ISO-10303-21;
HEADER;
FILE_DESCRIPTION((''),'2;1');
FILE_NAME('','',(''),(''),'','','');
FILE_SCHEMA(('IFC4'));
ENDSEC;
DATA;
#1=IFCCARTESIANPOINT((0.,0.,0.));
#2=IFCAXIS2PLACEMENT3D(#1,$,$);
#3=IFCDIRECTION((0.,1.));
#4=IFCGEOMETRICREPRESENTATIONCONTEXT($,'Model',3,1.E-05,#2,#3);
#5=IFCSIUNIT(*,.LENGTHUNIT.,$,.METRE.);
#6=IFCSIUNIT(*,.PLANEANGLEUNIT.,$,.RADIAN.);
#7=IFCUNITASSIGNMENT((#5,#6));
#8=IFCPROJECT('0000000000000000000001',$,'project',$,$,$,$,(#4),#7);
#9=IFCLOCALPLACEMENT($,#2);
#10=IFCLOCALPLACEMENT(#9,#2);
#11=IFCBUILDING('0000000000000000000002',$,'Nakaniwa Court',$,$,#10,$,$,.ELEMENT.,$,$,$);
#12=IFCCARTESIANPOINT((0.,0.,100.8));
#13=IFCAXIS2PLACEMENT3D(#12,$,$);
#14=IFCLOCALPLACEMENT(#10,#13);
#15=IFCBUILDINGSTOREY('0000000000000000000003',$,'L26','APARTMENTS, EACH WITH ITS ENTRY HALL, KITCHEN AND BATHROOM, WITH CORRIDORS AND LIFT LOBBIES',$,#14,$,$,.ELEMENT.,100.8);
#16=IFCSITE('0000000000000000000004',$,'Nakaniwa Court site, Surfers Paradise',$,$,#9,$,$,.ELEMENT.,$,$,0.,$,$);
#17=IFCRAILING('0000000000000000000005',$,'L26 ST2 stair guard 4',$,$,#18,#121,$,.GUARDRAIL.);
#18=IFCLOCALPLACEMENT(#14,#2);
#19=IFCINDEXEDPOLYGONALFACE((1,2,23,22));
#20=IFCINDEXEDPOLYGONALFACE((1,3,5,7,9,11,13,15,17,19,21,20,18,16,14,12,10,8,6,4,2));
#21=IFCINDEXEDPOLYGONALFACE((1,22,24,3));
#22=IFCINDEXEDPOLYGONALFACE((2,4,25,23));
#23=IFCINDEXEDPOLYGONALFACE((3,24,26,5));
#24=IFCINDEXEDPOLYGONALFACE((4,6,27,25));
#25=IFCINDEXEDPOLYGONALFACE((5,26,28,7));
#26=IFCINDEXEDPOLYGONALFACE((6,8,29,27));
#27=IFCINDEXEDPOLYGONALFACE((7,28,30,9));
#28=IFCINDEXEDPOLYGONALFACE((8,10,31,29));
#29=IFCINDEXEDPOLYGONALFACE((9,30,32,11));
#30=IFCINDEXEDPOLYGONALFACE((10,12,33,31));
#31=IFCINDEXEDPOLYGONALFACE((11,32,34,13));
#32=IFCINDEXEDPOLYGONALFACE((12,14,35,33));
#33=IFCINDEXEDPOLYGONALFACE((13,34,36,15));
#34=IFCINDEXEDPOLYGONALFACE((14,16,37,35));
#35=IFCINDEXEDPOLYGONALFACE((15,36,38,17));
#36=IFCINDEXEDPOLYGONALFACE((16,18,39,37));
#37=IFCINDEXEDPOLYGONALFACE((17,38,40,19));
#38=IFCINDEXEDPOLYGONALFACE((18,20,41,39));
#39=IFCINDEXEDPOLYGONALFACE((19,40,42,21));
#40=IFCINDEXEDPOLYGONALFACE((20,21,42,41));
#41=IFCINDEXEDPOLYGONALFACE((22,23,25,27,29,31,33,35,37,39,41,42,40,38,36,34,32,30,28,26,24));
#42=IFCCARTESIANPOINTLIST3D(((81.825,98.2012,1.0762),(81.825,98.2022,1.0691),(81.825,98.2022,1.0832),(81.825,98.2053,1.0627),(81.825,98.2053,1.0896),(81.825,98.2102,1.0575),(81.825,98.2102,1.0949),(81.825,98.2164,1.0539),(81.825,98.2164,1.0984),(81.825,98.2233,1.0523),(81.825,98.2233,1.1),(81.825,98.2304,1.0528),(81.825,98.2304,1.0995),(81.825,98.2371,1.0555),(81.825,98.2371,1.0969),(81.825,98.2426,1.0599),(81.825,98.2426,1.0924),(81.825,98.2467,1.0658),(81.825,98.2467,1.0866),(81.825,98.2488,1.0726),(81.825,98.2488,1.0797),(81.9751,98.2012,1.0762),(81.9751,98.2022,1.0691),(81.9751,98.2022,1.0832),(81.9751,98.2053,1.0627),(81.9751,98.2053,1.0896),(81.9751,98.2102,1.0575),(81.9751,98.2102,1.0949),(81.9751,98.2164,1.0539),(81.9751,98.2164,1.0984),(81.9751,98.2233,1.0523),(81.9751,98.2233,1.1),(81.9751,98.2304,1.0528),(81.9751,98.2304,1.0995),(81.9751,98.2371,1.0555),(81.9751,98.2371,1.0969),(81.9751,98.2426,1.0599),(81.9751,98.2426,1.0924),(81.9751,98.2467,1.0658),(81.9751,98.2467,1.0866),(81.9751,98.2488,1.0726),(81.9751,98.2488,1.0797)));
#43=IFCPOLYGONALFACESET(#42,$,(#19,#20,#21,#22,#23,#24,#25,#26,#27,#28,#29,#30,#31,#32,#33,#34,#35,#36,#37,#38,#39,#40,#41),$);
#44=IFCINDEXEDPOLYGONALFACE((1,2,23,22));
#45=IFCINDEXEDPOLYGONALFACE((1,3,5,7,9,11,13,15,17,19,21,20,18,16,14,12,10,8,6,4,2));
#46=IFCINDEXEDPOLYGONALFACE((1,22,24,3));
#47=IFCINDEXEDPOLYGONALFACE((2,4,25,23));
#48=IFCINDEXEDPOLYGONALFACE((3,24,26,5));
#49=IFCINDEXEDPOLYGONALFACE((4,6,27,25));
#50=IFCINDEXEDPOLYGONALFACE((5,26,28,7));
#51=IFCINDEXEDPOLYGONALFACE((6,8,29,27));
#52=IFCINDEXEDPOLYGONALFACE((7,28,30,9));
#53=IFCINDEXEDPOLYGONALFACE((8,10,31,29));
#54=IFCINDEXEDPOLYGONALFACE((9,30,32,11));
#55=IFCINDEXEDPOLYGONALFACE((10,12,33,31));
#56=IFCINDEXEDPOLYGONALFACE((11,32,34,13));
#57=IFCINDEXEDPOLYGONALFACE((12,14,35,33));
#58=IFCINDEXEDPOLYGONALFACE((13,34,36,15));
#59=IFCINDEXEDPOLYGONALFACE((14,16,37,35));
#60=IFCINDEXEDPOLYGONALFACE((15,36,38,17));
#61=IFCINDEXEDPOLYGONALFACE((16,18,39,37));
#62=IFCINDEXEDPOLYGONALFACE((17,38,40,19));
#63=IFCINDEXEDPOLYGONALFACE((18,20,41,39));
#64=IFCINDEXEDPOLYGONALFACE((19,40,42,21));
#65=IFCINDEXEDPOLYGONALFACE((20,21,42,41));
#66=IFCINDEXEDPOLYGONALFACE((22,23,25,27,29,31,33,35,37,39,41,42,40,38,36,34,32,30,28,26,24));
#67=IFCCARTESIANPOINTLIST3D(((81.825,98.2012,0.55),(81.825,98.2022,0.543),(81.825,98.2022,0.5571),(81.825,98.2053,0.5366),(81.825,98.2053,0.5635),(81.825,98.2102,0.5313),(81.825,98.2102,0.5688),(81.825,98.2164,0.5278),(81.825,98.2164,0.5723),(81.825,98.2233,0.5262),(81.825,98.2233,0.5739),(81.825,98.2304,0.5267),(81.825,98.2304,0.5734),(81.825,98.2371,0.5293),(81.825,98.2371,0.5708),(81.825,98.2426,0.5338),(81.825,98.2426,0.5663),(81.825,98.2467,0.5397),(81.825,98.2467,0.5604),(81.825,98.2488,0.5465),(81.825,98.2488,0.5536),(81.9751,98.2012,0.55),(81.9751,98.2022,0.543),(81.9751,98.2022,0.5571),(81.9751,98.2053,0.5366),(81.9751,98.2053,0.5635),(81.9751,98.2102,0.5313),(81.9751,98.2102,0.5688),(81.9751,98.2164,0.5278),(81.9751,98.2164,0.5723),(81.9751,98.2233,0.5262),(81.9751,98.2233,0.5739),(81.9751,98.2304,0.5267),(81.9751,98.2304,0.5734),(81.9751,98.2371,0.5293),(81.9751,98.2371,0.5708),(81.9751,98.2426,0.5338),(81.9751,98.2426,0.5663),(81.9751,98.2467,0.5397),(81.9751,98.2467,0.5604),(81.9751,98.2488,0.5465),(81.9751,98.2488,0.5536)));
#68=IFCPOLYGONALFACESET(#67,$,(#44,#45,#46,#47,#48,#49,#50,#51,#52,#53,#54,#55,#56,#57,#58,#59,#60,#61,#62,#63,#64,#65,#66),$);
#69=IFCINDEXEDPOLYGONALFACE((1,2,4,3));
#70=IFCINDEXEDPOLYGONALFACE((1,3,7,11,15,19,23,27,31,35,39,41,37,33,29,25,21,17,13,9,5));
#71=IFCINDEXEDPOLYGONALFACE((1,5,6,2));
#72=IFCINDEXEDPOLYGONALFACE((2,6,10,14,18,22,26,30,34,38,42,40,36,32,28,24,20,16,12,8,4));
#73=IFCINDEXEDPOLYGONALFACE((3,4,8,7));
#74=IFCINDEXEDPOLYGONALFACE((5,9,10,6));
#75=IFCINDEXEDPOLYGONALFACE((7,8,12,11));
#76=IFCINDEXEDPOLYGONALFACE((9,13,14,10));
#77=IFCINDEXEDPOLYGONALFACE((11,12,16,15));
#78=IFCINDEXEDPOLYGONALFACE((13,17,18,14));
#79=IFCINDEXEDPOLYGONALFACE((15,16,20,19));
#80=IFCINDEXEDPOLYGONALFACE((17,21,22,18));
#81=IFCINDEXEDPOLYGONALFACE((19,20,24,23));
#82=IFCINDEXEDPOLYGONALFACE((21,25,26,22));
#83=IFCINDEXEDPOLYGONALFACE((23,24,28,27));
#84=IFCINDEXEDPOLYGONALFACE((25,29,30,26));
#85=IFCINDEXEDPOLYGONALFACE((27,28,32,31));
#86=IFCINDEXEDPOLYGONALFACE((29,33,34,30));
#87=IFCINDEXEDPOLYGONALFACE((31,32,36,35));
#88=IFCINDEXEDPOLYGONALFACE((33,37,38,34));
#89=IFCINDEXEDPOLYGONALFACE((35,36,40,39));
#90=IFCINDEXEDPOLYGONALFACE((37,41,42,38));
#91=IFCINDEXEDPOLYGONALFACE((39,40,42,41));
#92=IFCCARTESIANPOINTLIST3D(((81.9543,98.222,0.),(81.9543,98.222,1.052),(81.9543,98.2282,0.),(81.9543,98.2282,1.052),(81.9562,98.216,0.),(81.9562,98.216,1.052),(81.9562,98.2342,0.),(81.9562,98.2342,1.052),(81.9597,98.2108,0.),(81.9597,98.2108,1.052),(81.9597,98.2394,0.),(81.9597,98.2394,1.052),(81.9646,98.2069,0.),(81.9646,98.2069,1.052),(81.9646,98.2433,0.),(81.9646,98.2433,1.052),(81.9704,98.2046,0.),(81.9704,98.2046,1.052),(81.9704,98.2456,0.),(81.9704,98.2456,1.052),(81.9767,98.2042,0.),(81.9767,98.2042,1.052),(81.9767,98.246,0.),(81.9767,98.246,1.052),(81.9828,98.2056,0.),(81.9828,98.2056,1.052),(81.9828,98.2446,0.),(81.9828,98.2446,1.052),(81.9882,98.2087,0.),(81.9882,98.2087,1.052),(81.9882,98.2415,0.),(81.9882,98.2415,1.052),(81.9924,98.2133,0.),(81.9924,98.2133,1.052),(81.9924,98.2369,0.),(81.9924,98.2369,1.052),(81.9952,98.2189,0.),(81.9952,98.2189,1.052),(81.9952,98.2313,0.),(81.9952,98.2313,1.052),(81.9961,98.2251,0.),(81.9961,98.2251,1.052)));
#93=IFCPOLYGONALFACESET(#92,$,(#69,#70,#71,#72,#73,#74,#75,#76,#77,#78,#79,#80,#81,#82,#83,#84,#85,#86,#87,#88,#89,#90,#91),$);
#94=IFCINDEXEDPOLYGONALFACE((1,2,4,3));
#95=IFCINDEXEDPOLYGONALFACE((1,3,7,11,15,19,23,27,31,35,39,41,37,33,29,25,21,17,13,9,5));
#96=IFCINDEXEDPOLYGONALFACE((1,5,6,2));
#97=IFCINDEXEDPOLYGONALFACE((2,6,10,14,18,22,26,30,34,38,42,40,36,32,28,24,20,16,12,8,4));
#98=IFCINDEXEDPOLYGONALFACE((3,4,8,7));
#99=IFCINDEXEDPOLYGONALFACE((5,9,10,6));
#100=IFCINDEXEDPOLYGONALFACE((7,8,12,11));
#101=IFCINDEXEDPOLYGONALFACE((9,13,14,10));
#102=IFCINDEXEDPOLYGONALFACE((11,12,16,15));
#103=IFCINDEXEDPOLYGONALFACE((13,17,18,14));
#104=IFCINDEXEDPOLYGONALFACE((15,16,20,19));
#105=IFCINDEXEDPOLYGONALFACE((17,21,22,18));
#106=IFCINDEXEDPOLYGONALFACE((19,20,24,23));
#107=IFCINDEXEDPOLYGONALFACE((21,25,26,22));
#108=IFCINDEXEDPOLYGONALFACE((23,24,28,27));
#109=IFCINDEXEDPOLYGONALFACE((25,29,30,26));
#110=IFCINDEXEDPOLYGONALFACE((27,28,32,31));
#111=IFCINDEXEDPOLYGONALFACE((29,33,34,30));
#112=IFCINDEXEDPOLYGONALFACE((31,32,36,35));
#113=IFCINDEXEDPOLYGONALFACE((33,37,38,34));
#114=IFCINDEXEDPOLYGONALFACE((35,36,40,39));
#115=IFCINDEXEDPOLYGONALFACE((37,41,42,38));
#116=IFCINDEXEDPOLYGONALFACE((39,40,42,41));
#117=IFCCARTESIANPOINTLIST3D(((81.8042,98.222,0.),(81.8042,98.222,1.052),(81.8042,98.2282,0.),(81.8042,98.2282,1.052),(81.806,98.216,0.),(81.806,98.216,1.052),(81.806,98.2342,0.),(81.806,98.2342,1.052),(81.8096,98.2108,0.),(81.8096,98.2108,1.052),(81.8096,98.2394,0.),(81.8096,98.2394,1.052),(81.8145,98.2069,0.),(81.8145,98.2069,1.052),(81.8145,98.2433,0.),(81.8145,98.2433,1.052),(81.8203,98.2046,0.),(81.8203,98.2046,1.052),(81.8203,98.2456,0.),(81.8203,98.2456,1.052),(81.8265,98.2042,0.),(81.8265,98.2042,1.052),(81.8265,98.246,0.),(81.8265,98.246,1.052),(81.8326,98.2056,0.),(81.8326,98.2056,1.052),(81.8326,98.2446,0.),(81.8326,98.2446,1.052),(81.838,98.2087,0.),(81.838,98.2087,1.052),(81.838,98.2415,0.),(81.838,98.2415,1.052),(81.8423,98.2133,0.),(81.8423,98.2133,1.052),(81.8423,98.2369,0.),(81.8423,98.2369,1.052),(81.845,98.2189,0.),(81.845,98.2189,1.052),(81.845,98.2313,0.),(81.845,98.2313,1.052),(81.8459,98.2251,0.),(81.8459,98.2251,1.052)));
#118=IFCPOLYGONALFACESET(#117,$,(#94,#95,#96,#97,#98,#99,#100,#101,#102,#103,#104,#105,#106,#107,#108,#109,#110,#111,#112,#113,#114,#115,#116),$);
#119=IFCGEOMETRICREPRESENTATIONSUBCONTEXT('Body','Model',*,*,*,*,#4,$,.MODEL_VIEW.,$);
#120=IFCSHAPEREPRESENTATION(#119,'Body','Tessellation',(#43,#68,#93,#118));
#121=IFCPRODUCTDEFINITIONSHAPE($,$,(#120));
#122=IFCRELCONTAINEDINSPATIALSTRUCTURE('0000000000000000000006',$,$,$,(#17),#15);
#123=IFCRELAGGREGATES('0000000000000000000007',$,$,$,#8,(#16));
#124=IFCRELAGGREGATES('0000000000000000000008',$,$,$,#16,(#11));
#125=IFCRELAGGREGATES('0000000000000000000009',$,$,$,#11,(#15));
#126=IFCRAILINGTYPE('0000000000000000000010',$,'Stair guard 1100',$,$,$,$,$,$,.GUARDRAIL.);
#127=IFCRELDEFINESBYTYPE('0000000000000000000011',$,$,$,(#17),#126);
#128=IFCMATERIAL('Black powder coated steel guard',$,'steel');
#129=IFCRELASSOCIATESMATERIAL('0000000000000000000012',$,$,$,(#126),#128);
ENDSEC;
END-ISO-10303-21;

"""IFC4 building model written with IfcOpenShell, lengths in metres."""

from ifc_helpers import new_model, si_unit, direction, frame, origin, origin_2d, place, context, subcontext, project, spatial, circle, extrude, material, type_object, element, save


model = new_model("IFC4")

# Units and contexts
model_context = context("Model", 3, precision=1e-05, world=origin(), true_north=direction((0.0, 1.0)))
body_context = subcontext(model_context, "Body", "Model", "MODEL_VIEW")
ifc_project = project(units=[si_unit("LENGTHUNIT", "METRE"), si_unit("PLANEANGLEUNIT", "RADIAN")], contexts=[model_context])

# Site, building, storey
site_placement = place(None, origin())
site = spatial("IfcSite", under=ifc_project, at=site_placement, Name="Nakaniwa Court site, Surfers Paradise", CompositionType="ELEMENT", RefElevation=0.0)
building_placement = place(site_placement, origin())
building = spatial("IfcBuilding", under=site, at=building_placement, Name="Nakaniwa Court", CompositionType="ELEMENT")
storey_placement = place(building_placement, frame((0.0, 0.0, 100.8)))
storey = spatial("IfcBuildingStorey", under=building, at=storey_placement, Name="L26", Description="APARTMENTS, EACH WITH ITS ENTRY HALL, KITCHEN AND BATHROOM, WITH CORRIDORS AND LIFT LOBBIES", CompositionType="ELEMENT", Elevation=100.8)

# Railing
ifc_material_1 = material(Name="Black powder coated steel guard", Category="steel")
railing_type_1 = type_object("IfcRailingType", Name="Stair guard 1100", PredefinedType="GUARDRAIL", material=ifc_material_1)
railing_1_placement = place(storey_placement, frame((81.9751, 98.2251, 0.0)))
element("IfcRailing", 1, at=railing_1_placement, inside=storey, type_object=railing_type_1, Name="L26 ST2 stair guard 4", PredefinedType="GUARDRAIL", context=body_context, shape_type="SweptSolid", body=[
    extrude(circle(Radius=0.0239, at=origin_2d()), frame((0.0, 0.0, 1.0762), z_axis=(-1.0, 0.0, 0.0), x_axis=(0.0, -1.0, 0.0)), (0.0, 0.0, 1.0), 0.1501),
    extrude(circle(Radius=0.0239, at=origin_2d()), frame((0.0, 0.0, 0.55), z_axis=(-1.0, 0.0, 0.0), x_axis=(0.0, -1.0, 0.0)), (0.0, 0.0, 1.0), 0.1501),
    extrude(circle(Radius=0.021, at=origin_2d()), origin(), (0.0, 0.0, 1.0), 1.052),
    extrude(circle(Radius=0.021, at=origin_2d()), frame((-0.1501, 0.0, 0.0)), (0.0, 0.0, 1.0), 1.052),
])

save(model, "model.ifc")
